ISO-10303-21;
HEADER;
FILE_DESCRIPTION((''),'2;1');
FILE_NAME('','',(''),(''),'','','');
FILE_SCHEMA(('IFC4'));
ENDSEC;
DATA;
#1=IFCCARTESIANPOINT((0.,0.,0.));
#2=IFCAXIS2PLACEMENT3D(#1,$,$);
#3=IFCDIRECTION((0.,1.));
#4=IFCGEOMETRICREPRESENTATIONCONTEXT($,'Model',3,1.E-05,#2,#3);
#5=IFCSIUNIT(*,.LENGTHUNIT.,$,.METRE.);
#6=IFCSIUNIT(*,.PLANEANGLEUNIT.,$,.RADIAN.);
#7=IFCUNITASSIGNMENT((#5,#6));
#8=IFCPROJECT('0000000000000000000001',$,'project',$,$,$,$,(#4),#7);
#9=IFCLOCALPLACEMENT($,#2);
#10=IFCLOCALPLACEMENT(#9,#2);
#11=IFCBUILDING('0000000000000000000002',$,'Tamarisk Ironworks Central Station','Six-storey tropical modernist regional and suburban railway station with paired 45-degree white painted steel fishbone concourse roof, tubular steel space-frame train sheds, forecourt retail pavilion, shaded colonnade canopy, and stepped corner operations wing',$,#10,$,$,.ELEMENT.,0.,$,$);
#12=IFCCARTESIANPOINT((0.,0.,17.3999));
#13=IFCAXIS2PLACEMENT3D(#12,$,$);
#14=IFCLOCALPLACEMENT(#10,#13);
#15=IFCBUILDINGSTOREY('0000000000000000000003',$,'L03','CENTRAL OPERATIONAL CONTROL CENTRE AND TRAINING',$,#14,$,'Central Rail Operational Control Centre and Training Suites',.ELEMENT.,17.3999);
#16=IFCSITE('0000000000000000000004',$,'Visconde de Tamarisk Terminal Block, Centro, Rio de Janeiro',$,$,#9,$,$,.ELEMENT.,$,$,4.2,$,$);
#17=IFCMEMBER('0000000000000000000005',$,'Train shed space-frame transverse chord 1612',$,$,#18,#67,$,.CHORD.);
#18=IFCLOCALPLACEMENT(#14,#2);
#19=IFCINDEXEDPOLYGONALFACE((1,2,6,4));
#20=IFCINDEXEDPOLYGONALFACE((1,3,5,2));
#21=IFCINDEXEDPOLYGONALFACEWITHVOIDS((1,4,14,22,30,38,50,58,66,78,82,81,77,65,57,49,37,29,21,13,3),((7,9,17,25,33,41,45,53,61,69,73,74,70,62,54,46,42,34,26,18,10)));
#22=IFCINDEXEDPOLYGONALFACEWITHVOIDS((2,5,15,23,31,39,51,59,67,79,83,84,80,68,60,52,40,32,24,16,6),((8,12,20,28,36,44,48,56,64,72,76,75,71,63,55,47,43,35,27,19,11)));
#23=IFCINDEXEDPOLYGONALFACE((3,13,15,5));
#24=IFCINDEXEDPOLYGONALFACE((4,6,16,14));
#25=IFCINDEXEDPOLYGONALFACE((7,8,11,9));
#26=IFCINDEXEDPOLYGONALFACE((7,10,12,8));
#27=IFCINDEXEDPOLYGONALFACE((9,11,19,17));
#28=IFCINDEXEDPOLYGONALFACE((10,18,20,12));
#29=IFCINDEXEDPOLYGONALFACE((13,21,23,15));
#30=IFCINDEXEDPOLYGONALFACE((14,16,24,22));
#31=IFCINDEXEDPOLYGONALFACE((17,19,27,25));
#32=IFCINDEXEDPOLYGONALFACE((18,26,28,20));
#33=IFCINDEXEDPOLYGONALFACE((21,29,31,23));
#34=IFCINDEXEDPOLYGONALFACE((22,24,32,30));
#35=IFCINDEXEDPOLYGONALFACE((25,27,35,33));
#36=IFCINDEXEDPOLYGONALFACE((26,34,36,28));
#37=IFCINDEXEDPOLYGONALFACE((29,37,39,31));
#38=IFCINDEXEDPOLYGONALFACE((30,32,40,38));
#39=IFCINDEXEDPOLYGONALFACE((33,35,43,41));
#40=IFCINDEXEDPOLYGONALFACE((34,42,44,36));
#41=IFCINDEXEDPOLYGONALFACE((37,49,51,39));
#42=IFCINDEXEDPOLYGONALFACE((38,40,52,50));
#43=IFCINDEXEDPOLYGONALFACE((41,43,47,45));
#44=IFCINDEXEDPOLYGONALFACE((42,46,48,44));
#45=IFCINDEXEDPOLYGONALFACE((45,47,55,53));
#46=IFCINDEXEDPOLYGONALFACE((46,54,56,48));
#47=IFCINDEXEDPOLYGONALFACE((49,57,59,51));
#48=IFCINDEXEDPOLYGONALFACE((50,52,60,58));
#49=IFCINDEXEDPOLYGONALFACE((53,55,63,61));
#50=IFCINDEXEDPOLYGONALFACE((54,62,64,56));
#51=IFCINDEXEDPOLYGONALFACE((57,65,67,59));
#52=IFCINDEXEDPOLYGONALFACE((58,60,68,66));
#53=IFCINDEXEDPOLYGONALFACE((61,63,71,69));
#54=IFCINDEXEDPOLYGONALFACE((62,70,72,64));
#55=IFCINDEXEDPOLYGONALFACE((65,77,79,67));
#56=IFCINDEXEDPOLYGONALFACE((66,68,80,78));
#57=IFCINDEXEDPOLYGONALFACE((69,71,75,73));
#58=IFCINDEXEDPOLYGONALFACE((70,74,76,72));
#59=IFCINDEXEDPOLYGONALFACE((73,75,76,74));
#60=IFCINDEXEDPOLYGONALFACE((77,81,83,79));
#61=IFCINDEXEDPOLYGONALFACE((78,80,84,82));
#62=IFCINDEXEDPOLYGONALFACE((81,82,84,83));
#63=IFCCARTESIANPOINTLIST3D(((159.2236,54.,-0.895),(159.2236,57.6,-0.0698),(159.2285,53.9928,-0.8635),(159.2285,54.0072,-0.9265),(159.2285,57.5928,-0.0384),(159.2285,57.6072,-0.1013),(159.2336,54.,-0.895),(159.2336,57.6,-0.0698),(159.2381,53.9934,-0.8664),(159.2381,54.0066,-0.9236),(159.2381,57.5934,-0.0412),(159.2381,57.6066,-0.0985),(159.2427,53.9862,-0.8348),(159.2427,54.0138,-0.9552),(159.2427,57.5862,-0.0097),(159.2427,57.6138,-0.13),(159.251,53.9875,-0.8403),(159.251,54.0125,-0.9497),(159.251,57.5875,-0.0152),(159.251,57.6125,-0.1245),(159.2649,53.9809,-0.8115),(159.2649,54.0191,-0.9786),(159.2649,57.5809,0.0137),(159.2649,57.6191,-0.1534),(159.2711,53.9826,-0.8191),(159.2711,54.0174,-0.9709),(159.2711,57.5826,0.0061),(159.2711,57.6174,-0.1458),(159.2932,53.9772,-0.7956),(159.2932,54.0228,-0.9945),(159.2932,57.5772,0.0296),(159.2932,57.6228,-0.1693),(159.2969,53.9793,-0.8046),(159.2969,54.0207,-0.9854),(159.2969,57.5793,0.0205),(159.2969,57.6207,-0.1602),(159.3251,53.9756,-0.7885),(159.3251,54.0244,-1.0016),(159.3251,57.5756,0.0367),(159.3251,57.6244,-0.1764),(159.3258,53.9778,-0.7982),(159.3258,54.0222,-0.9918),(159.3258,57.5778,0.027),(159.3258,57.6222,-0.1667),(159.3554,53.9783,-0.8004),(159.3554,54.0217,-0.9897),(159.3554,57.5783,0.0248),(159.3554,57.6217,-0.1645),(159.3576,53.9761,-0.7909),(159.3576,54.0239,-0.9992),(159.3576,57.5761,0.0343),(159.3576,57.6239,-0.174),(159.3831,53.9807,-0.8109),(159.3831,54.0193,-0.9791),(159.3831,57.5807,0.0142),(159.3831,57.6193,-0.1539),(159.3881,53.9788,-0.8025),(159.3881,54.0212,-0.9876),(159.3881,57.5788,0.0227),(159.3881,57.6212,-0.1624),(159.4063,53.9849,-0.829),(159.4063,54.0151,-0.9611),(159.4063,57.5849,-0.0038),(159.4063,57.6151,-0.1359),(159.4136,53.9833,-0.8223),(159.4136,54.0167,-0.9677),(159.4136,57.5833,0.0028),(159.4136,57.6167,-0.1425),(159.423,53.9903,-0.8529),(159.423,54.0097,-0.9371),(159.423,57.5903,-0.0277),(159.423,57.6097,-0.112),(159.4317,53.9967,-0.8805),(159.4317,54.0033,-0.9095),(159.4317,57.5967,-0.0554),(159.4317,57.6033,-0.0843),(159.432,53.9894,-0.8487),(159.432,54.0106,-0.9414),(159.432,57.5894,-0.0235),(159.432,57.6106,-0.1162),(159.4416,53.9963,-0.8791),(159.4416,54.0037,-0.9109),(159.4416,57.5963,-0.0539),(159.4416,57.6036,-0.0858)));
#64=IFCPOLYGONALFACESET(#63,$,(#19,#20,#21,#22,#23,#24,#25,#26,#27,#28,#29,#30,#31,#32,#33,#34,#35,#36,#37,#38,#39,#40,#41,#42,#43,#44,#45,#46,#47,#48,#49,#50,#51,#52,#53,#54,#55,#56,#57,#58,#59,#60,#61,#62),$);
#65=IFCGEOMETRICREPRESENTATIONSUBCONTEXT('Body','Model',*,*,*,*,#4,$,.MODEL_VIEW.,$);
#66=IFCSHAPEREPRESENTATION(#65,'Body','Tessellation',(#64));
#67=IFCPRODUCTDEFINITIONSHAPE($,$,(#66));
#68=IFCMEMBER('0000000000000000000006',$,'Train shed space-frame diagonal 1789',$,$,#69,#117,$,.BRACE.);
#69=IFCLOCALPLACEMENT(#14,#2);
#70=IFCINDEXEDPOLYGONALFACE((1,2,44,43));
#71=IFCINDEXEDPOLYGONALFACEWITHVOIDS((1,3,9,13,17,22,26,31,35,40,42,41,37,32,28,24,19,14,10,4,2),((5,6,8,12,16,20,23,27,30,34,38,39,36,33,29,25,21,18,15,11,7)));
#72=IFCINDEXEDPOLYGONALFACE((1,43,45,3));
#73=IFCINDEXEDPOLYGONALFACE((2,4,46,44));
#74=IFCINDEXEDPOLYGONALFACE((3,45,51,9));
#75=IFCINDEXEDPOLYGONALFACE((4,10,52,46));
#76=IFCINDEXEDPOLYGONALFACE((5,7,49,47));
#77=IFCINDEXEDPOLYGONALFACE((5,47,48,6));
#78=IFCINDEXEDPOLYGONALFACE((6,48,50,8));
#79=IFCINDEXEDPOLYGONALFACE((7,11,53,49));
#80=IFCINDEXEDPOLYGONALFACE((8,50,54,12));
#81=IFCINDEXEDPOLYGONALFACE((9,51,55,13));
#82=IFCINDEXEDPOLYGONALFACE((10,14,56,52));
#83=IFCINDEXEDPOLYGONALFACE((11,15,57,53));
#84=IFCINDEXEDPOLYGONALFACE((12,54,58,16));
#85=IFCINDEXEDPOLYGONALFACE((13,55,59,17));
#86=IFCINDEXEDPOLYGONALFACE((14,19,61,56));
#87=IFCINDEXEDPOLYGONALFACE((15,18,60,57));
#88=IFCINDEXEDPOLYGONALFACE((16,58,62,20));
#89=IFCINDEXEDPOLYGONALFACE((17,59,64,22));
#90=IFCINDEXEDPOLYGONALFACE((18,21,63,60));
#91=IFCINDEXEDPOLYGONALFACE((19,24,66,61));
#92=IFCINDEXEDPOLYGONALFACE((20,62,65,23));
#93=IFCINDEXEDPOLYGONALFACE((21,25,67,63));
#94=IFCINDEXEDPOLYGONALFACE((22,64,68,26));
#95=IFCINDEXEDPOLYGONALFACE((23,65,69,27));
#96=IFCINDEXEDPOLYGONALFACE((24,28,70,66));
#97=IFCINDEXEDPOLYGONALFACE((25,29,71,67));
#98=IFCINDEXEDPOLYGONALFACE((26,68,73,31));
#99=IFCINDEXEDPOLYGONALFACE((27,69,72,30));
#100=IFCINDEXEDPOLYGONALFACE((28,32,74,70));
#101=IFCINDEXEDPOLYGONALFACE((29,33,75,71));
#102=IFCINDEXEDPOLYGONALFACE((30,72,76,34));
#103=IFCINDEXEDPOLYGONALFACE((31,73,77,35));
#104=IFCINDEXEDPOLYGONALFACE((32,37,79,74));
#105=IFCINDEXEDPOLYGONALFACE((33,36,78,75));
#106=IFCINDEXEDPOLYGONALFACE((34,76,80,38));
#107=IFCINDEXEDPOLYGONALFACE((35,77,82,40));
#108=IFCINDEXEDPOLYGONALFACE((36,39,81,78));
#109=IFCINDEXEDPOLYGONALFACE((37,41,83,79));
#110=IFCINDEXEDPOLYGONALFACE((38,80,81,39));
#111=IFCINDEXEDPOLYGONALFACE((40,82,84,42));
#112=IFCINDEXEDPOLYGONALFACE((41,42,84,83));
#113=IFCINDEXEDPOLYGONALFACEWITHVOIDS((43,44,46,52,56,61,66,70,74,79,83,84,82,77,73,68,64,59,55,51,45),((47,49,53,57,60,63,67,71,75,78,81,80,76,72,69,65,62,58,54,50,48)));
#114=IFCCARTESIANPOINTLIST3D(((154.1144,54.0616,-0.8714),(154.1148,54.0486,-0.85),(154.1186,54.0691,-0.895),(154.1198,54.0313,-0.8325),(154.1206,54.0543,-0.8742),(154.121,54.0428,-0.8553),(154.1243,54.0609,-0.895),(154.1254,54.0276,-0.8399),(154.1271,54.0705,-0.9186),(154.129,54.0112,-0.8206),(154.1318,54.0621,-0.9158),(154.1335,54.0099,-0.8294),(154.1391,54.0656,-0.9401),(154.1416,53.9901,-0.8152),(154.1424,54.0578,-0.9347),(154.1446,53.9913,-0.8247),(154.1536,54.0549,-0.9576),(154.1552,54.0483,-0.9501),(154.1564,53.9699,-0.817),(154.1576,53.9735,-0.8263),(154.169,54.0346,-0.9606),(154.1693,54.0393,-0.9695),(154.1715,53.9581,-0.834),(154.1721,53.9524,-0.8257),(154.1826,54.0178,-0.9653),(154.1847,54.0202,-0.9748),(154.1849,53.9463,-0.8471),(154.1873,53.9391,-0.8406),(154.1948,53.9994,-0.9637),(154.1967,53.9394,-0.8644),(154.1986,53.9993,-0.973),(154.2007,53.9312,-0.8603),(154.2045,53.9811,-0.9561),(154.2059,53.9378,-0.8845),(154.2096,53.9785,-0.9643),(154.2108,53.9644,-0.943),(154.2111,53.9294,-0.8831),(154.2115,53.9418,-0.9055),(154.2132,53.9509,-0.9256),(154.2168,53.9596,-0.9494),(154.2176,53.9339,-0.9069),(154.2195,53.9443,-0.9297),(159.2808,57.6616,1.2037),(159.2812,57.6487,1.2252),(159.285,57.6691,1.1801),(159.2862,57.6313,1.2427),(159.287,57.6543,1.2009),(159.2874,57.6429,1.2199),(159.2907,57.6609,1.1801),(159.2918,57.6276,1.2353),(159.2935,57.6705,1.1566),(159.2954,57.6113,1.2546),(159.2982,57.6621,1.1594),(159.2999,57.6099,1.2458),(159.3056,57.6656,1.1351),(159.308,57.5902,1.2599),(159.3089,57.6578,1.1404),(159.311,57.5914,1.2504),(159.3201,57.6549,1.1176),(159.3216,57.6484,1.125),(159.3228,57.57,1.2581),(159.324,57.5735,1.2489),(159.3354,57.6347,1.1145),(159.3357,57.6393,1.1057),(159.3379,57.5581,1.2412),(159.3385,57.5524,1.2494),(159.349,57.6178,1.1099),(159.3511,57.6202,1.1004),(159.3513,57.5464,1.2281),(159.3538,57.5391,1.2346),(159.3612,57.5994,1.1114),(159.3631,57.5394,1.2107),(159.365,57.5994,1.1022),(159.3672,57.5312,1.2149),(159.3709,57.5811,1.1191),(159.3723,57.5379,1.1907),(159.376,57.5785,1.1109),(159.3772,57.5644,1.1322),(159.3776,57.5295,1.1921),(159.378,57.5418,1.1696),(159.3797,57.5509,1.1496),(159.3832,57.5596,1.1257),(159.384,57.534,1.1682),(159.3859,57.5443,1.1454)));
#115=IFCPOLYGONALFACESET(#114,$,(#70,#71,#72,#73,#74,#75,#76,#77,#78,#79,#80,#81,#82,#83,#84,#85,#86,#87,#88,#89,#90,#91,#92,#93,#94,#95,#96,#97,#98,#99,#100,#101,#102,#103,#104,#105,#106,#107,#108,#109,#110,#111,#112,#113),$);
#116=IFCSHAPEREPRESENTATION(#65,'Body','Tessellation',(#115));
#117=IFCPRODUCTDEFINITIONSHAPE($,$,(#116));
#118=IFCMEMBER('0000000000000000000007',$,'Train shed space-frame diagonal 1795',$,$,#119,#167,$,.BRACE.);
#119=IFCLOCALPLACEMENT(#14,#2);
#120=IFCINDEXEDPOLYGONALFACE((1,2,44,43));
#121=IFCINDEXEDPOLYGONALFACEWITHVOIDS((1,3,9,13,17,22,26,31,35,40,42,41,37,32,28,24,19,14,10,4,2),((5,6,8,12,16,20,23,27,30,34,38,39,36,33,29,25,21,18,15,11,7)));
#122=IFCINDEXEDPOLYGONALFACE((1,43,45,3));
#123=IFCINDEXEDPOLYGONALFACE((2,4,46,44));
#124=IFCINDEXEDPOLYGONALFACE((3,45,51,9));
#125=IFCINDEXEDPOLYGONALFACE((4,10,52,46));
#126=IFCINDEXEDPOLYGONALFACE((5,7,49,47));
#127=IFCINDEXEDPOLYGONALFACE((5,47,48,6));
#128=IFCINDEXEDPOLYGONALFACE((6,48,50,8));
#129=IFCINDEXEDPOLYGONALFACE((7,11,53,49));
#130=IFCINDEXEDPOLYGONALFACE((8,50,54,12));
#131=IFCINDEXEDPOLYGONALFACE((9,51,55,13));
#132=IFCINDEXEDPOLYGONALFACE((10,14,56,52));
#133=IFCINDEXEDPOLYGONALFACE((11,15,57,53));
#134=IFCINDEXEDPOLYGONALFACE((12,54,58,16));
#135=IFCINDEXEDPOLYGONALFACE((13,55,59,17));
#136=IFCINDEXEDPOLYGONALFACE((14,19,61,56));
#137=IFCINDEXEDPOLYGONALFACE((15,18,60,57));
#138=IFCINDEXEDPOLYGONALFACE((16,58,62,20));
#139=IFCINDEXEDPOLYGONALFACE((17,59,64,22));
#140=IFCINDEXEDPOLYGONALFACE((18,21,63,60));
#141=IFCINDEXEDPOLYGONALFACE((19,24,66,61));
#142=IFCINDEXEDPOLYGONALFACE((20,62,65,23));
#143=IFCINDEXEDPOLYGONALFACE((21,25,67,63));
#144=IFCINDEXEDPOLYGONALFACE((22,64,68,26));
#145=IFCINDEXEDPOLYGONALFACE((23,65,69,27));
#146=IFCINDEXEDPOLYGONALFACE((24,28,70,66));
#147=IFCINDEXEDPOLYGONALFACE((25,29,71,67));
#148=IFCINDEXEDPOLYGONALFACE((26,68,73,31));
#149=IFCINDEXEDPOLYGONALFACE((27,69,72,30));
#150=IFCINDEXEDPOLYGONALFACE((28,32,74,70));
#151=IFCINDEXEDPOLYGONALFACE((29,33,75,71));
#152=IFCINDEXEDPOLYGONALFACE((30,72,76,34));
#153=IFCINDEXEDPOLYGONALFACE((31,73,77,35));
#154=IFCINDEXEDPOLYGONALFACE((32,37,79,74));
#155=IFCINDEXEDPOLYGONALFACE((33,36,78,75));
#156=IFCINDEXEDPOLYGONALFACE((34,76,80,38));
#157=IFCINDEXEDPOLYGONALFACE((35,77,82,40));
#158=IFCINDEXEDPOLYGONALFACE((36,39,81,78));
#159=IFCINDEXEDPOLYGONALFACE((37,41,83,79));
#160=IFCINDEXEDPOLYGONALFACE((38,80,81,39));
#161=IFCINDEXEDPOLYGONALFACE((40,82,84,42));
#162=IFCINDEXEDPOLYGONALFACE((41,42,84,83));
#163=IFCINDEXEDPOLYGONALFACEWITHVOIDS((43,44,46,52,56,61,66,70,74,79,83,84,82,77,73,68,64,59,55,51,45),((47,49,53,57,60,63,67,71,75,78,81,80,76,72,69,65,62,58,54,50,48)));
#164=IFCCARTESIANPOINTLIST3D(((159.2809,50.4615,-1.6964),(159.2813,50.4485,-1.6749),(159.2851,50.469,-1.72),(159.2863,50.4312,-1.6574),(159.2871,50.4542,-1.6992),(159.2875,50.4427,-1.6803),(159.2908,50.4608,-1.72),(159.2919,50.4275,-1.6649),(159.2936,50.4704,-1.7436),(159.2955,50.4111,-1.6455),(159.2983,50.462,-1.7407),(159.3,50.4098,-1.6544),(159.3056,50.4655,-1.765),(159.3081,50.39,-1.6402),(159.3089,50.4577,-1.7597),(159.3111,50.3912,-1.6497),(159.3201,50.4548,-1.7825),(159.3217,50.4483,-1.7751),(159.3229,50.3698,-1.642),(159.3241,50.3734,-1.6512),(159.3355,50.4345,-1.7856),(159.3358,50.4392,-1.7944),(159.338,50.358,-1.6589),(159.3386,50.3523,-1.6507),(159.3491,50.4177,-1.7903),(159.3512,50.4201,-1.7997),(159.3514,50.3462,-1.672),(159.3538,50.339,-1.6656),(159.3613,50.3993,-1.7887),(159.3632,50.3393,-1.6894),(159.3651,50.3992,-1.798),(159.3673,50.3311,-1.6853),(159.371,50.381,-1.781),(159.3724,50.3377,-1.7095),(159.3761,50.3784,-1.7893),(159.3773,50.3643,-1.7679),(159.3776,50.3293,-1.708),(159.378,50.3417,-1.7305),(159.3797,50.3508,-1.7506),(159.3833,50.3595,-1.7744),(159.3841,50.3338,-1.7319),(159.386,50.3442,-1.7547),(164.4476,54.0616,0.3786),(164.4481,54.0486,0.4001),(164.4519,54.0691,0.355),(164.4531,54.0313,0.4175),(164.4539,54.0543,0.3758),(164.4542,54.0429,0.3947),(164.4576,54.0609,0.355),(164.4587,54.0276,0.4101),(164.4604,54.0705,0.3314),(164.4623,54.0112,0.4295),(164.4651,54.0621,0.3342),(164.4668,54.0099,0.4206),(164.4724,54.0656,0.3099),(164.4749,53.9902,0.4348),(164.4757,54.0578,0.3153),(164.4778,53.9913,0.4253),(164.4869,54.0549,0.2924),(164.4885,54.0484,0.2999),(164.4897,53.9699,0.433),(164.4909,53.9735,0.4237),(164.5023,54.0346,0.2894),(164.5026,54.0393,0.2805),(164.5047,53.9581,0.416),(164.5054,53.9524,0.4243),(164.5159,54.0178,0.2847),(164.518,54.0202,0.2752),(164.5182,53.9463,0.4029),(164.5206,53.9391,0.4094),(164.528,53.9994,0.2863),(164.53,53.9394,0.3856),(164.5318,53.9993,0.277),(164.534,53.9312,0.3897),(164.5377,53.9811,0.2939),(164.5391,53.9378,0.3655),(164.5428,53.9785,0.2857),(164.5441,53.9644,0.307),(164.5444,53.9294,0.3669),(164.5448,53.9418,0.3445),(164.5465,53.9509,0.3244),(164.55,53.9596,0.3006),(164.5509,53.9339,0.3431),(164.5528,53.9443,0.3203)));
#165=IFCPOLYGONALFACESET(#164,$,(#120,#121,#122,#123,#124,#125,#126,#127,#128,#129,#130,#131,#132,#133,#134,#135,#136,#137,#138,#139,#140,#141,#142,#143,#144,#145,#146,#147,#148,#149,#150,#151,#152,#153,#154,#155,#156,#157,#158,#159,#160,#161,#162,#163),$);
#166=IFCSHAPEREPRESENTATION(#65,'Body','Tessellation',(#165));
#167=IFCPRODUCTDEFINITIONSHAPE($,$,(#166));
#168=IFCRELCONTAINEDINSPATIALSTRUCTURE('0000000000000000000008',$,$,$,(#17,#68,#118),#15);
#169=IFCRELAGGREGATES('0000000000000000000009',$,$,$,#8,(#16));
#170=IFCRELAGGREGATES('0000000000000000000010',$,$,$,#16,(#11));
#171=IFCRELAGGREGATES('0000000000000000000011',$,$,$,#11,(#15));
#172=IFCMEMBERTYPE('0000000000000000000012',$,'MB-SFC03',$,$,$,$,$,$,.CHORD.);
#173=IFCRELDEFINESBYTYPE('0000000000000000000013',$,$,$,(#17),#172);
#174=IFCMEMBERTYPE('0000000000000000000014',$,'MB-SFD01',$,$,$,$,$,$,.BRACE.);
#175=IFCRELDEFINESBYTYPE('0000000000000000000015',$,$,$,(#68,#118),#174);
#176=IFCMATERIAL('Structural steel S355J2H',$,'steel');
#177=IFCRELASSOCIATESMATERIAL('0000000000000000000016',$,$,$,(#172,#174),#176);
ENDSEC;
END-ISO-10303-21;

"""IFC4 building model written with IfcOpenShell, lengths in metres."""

from ifc_helpers import new_model, si_unit, direction, frame, origin, origin_2d, place, context, subcontext, project, spatial, hollow_circle, extrude, material, material_profile, profile_set, type_object, element, save


model = new_model("IFC4")

# Units and contexts
model_context = context("Model", 3, precision=1e-05, world=origin(), true_north=direction((0.0, 1.0)))
body_context = subcontext(model_context, "Body", "Model", "MODEL_VIEW")
ifc_project = project(units=[si_unit("LENGTHUNIT", "METRE"), si_unit("PLANEANGLEUNIT", "RADIAN")], contexts=[model_context])

# Site, building, storey
site_placement = place(None, origin())
site = spatial("IfcSite", under=ifc_project, at=site_placement, Name="Visconde de Tamarisk Terminal Block, Centro, Rio de Janeiro", CompositionType="ELEMENT", RefElevation=4.2)
building_placement = place(site_placement, origin())
building = spatial("IfcBuilding", under=site, at=building_placement, Name="Tamarisk Ironworks Central Station", Description="Six-storey tropical modernist regional and suburban railway station with paired 45-degree white painted steel fishbone concourse roof, tubular steel space-frame train sheds, forecourt retail pavilion, shaded colonnade canopy, and stepped corner operations wing", CompositionType="ELEMENT", ElevationOfRefHeight=0.0)
storey_placement = place(building_placement, frame((0.0, 0.0, 17.3999)))
storey = spatial("IfcBuildingStorey", under=building, at=storey_placement, Name="L03", Description="CENTRAL OPERATIONAL CONTROL CENTRE AND TRAINING", LongName="Central Rail Operational Control Centre and Training Suites", CompositionType="ELEMENT", Elevation=17.3999)

# Members
ifc_material = material(Name="Structural steel S355J2H", Category="steel")
ifc_material_profile_1 = material_profile(ifc_material, hollow_circle(Radius=0.1096, WallThickness=0.01, at=origin_2d()), Name="CHS 219.1x10")
ifc_profile_set_1 = profile_set([ifc_material_profile_1], Name="Structural steel S355J2H")
member_type_1 = type_object("IfcMemberType", Name="MB-SFC03", PredefinedType="CHORD", material=ifc_profile_set_1)
for number, where, z_axis, x_axis, name in (
    (1, (159.3333, 54.0, -0.895), (0.0, 0.974722, 0.223421), (-1.0, 0.0, 0.0), "Train shed space-frame transverse chord 1612"),
):
    element("IfcMember", number, at=place(storey_placement, frame(where, z_axis=z_axis, x_axis=x_axis)), inside=storey, type_object=member_type_1, Name=name, PredefinedType="CHORD", context=body_context, shape_type="SweptSolid", body=[
        extrude(hollow_circle(Radius=0.1096, WallThickness=0.01, at=origin_2d()), origin(), (0.0, 0.0, 1.0), 3.6934),
    ])
ifc_material_profile_2 = material_profile(ifc_material, hollow_circle(Radius=0.0842, WallThickness=0.01, at=origin_2d()), Name="CHS 168.3x10")
ifc_profile_set_2 = profile_set([ifc_material_profile_2], Name="Structural steel S355J2H")
member_type_2 = type_object("IfcMemberType", Name="MB-SFD01", PredefinedType="BRACE", material=ifc_profile_set_2)
member_1_placement = place(storey_placement, frame((154.1667, 54.0, -0.895), z_axis=(0.779235, 0.542983, 0.31299), x_axis=(-0.571707, 0.820458, 0.0)))
element("IfcMember", 2, at=member_1_placement, inside=storey, type_object=member_type_2, Name="Train shed space-frame diagonal 1789", PredefinedType="BRACE", context=body_context, shape_type="SweptSolid", body=[
    extrude(hollow_circle(Radius=0.0842, WallThickness=0.01, at=origin_2d()), origin(), (0.0, 0.0, 1.0), 6.6301),
])
member_2_placement = place(storey_placement, frame((159.3333, 50.3999, -1.72), z_axis=(0.779258, 0.542973, 0.312948), x_axis=(-0.571689, 0.82047, 0.0)))
element("IfcMember", 3, at=member_2_placement, inside=storey, type_object=member_type_2, Name="Train shed space-frame diagonal 1795", PredefinedType="BRACE", context=body_context, shape_type="SweptSolid", body=[
    extrude(hollow_circle(Radius=0.0842, WallThickness=0.01, at=origin_2d()), origin(), (0.0, 0.0, 1.0), 6.6304),
])

save(model, "model.ifc")
